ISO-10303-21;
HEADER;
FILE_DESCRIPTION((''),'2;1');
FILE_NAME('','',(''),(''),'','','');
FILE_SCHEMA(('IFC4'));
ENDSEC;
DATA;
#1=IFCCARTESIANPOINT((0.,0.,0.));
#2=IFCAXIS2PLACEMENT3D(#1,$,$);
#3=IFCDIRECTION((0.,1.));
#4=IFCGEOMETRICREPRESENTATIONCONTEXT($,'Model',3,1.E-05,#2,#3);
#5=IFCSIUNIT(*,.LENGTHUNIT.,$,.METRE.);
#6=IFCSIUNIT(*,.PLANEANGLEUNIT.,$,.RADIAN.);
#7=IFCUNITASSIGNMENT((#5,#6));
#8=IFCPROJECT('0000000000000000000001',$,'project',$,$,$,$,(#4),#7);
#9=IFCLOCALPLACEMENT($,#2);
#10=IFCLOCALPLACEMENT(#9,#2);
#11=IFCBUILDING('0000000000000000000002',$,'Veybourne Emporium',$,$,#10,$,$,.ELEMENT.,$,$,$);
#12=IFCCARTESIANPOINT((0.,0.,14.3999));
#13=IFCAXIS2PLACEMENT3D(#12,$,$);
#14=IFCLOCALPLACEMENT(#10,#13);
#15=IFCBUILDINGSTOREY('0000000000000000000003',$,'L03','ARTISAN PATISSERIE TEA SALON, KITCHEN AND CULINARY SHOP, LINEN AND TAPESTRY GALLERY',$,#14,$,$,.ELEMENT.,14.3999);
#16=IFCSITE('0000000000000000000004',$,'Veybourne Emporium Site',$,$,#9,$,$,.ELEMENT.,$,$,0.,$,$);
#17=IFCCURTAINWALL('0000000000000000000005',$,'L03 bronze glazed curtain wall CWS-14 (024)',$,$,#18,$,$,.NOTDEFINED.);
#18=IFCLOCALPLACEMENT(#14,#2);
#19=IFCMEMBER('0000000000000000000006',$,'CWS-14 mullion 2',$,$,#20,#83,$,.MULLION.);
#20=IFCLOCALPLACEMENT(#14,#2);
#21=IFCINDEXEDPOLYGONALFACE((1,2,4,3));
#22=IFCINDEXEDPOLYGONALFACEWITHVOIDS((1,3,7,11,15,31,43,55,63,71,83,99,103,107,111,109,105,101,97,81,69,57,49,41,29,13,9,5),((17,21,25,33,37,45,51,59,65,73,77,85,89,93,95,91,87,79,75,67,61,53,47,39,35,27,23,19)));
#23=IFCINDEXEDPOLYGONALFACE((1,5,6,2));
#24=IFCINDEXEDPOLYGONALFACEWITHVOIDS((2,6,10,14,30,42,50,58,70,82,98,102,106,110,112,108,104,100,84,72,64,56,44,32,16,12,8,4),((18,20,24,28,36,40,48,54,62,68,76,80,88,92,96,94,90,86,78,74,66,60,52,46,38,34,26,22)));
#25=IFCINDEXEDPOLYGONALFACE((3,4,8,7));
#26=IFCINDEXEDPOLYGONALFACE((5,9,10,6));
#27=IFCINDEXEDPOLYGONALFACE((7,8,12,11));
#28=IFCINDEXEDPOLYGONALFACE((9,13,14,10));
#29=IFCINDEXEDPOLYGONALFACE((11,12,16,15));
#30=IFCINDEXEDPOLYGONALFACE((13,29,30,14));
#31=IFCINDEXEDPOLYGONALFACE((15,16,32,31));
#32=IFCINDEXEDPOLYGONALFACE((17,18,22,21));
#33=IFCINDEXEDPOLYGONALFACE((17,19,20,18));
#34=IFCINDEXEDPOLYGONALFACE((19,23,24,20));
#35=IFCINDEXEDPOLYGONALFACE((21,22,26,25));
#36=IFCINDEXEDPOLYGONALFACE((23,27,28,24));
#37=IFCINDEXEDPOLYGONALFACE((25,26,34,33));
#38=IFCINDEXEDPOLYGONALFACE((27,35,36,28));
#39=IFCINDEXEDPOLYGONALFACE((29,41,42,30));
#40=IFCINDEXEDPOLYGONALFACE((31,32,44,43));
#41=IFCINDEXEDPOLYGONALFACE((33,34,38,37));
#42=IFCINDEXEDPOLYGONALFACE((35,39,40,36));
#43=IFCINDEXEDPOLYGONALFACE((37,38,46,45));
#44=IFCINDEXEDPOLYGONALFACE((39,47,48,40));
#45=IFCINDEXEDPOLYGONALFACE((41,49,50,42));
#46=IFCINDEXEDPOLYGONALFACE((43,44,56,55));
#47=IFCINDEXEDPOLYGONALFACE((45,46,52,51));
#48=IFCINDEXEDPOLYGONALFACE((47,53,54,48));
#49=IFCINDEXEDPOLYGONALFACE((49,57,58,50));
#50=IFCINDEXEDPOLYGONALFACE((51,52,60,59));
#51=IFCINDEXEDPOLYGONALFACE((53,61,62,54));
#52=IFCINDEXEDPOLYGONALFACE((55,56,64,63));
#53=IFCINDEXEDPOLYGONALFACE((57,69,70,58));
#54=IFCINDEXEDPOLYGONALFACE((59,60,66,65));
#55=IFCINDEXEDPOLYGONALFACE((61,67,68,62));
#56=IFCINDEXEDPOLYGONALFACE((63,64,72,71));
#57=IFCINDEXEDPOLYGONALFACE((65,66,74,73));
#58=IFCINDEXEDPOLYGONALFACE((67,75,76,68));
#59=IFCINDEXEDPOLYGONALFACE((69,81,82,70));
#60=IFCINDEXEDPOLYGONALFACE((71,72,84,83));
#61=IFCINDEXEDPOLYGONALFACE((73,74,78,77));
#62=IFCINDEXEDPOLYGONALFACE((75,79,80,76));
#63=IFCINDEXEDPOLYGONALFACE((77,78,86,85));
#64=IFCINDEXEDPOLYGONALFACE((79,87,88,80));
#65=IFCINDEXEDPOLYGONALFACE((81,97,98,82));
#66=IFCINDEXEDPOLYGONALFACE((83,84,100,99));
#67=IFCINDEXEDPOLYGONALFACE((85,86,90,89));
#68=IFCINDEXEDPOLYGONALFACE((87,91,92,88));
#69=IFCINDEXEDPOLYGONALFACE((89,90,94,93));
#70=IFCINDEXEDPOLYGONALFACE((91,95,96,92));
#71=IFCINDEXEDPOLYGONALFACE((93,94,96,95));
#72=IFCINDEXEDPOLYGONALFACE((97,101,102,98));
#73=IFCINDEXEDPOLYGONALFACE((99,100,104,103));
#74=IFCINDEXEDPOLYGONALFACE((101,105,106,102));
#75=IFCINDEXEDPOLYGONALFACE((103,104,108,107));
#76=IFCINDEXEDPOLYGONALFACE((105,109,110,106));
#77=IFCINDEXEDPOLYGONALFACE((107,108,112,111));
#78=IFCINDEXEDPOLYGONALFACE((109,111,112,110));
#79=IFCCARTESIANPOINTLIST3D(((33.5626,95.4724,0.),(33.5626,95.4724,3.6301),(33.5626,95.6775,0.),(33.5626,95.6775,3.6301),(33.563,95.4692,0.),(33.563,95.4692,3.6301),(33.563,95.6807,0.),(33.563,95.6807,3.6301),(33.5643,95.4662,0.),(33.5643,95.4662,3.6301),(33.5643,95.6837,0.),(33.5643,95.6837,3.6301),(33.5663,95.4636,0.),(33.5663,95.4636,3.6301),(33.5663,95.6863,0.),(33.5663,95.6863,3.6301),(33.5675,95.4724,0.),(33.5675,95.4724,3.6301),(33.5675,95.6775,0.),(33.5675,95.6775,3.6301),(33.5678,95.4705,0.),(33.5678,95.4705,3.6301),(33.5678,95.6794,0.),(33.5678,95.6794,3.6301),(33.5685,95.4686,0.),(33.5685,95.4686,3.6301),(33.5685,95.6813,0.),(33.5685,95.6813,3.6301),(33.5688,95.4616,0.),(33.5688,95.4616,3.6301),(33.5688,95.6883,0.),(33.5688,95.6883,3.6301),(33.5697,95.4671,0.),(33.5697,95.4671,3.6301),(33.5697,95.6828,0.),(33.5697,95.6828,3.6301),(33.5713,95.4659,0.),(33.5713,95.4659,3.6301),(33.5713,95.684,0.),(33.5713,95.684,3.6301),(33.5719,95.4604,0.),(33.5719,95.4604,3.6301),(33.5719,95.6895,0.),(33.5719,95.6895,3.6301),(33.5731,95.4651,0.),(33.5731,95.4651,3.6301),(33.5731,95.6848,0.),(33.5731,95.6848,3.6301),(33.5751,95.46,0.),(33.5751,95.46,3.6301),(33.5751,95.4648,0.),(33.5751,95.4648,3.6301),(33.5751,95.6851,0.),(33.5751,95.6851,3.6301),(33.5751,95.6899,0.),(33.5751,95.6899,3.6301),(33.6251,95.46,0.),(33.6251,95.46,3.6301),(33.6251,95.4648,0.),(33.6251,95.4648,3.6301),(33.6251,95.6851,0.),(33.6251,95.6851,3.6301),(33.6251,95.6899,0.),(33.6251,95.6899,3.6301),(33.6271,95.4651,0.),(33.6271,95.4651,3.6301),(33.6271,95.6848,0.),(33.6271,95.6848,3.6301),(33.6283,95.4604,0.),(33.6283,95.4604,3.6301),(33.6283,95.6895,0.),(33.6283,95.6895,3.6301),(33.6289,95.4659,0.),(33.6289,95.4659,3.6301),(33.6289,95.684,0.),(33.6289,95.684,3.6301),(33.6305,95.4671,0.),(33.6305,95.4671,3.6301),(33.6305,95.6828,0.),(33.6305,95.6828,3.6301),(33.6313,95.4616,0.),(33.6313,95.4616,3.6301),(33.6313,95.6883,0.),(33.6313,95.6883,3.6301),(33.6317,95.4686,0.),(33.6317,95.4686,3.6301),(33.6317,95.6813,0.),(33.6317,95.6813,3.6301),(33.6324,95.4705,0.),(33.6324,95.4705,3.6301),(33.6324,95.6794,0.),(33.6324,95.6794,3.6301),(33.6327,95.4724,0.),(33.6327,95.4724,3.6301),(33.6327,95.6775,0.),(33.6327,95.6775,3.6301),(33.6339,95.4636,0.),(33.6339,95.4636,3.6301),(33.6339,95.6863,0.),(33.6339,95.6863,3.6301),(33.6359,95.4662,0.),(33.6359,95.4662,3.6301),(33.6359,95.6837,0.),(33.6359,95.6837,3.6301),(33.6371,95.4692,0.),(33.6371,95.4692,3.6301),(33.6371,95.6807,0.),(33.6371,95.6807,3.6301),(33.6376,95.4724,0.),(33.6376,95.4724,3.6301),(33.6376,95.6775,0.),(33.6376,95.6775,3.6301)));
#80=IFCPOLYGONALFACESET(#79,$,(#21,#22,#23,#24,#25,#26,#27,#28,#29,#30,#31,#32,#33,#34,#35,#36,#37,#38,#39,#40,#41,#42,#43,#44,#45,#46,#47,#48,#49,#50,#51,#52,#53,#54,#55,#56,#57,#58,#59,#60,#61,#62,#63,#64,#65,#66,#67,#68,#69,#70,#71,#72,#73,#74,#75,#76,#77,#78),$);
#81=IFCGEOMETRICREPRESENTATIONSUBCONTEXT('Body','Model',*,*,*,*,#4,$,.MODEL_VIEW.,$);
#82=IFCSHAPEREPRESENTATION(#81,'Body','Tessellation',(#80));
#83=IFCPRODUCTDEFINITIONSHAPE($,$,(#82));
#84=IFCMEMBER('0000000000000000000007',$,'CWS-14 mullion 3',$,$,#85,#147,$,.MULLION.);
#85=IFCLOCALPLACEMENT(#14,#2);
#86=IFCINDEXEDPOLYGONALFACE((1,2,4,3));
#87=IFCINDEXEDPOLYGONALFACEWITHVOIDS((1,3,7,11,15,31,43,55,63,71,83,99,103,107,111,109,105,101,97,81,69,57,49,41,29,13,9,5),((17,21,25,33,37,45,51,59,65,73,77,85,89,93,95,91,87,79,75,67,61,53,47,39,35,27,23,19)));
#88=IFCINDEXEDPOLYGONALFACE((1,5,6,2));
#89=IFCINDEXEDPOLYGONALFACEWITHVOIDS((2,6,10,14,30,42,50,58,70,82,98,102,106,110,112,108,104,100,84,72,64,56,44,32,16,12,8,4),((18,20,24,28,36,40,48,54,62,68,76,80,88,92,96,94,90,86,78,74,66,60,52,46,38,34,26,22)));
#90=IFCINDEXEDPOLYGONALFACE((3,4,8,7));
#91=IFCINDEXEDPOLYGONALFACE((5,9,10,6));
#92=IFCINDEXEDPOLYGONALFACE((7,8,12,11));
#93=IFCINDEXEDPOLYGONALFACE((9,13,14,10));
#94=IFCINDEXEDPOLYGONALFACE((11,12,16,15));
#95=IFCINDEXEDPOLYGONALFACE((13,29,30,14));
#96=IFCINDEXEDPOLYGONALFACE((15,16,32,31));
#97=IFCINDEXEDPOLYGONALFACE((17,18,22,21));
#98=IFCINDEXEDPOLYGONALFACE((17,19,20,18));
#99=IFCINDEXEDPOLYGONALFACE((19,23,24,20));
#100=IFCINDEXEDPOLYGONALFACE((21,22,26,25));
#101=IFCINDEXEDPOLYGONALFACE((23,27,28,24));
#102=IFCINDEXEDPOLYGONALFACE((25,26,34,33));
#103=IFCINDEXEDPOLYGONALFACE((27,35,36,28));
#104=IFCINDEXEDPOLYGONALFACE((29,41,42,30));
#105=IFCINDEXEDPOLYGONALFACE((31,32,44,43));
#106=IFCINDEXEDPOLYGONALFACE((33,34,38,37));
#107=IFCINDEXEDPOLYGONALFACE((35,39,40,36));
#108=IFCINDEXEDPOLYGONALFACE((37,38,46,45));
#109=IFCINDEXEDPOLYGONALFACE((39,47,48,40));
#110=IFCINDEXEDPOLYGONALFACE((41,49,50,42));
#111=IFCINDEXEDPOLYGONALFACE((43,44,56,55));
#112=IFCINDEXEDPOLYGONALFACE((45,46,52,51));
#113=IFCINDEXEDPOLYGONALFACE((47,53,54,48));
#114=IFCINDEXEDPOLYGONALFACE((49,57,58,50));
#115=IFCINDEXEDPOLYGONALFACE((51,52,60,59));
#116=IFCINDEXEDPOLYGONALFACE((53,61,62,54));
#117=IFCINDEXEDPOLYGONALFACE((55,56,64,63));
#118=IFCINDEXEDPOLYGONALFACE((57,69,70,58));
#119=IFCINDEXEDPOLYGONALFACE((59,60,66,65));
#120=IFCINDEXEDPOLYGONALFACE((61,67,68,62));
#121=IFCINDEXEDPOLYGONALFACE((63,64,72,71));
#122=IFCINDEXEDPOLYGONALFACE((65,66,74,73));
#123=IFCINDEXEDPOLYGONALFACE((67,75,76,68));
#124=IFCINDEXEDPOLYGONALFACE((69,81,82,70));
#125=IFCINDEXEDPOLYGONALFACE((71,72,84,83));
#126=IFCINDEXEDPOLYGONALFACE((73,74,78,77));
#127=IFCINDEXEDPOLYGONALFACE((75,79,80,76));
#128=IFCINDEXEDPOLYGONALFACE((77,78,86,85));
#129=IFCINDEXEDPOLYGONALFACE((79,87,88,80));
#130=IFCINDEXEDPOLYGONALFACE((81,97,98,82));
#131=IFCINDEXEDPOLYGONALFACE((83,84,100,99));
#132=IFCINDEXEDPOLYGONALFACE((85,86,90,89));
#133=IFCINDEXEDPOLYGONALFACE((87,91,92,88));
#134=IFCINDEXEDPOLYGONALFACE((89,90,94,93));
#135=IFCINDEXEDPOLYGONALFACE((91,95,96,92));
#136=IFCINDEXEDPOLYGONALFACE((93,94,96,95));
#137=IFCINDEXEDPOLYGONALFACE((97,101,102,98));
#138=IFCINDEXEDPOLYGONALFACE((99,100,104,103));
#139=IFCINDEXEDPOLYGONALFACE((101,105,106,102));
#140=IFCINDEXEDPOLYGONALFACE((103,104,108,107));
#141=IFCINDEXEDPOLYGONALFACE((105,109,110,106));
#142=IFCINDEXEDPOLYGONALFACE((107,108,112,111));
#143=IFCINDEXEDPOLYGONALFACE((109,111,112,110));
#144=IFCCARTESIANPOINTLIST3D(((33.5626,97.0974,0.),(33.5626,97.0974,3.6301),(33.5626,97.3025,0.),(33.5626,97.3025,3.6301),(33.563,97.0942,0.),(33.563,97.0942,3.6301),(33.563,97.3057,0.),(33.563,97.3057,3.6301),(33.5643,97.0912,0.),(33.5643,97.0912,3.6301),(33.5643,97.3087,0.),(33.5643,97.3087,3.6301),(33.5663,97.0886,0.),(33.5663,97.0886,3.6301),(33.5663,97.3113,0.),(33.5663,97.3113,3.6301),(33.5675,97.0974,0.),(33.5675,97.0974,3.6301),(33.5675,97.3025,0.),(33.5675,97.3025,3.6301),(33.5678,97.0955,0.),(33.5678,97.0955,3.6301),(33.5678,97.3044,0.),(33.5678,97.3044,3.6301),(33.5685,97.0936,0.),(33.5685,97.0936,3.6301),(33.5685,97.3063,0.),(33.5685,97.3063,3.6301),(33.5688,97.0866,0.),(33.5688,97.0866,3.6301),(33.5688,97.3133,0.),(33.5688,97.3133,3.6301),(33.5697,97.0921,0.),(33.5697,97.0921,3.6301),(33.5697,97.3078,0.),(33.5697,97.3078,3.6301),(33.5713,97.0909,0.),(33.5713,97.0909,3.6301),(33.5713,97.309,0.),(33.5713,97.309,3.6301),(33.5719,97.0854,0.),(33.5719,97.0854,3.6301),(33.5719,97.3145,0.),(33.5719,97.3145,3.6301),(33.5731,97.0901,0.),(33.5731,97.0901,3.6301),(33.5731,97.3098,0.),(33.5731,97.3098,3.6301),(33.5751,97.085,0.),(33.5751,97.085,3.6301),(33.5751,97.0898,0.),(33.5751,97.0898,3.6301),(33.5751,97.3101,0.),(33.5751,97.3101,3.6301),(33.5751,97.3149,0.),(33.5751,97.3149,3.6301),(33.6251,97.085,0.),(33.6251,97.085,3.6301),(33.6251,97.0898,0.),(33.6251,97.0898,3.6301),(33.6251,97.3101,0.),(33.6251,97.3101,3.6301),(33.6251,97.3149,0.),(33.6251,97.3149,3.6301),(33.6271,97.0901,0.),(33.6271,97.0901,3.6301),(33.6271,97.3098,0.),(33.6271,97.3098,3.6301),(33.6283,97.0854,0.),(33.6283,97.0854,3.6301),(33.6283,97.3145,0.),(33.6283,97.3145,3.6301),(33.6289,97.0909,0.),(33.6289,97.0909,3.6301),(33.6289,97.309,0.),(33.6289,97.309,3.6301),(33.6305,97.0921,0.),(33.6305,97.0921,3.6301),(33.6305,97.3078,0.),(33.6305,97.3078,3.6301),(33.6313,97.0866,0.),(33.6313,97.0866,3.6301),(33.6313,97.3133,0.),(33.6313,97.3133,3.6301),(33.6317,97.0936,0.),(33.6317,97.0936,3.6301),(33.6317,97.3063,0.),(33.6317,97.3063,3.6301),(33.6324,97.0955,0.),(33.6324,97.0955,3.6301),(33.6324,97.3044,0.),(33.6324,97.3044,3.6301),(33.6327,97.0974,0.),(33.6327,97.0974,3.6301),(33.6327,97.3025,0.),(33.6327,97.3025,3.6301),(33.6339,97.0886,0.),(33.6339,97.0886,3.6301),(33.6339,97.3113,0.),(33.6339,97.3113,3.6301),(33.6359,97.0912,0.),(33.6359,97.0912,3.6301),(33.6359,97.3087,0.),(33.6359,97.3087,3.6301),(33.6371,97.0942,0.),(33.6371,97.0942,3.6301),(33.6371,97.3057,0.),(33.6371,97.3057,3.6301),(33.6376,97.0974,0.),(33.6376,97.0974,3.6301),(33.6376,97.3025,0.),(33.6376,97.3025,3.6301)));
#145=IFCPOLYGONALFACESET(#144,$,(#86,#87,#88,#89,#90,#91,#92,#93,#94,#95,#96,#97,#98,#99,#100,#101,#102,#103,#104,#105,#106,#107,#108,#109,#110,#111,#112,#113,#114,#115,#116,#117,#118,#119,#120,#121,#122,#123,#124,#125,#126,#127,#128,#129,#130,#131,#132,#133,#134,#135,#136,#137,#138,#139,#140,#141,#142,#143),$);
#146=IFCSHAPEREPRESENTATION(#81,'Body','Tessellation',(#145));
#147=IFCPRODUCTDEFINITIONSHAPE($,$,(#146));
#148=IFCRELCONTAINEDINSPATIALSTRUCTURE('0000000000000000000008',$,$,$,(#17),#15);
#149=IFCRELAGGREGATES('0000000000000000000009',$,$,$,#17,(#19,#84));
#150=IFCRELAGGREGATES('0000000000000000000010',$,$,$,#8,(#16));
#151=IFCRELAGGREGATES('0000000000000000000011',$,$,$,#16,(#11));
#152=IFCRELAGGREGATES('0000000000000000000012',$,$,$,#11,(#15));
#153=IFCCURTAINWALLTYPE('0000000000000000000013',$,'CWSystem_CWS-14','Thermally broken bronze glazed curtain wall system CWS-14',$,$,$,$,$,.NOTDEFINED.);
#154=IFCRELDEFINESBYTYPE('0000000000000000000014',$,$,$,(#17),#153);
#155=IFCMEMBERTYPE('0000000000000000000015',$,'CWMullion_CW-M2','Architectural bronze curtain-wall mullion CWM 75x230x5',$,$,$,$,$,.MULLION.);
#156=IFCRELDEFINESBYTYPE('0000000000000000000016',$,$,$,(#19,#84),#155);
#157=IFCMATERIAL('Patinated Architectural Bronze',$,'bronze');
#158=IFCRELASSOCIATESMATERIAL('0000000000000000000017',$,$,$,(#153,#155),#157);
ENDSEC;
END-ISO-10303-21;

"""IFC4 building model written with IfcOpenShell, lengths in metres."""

from ifc_helpers import new_model, si_unit, direction, frame, origin, origin_2d, place, context, subcontext, project, spatial, hollow_rectangle, extrude, material, material_profile, profile_set, type_object, element, aggregate, save


model = new_model("IFC4")

# Units and contexts
model_context = context("Model", 3, precision=1e-05, world=origin(), true_north=direction((0.0, 1.0)))
body_context = subcontext(model_context, "Body", "Model", "MODEL_VIEW")
ifc_project = project(units=[si_unit("LENGTHUNIT", "METRE"), si_unit("PLANEANGLEUNIT", "RADIAN")], contexts=[model_context])

# Site, building, storey
site_placement = place(None, origin())
site = spatial("IfcSite", under=ifc_project, at=site_placement, Name="Veybourne Emporium Site", CompositionType="ELEMENT", RefElevation=0.0)
building_placement = place(site_placement, origin())
building = spatial("IfcBuilding", under=site, at=building_placement, Name="Veybourne Emporium", CompositionType="ELEMENT")
storey_placement = place(building_placement, frame((0.0, 0.0, 14.3999)))
storey = spatial("IfcBuildingStorey", under=building, at=storey_placement, Name="L03", Description="ARTISAN PATISSERIE TEA SALON, KITCHEN AND CULINARY SHOP, LINEN AND TAPESTRY GALLERY", CompositionType="ELEMENT", Elevation=14.3999)

# Curtain wall, members
ifc_material_1 = material(Name="Patinated Architectural Bronze", Category="bronze")
curtain_wall_type = type_object("IfcCurtainWallType", Name="CWSystem_CWS-14", Description="Thermally broken bronze glazed curtain wall system CWS-14", PredefinedType="NOTDEFINED", material=ifc_material_1)
curtain_wall_placement = place(storey_placement, origin())
curtain_wall = element("IfcCurtainWall", 1, at=curtain_wall_placement, inside=storey, type_object=curtain_wall_type, Name="L03 bronze glazed curtain wall CWS-14 (024)", PredefinedType="NOTDEFINED")
ifc_material_profile_1 = material_profile(ifc_material_1, hollow_rectangle(XDim=0.075, YDim=0.23, WallThickness=0.0049, InnerFilletRadius=0.0076, OuterFilletRadius=0.0125, at=origin_2d()), Name="CWM 75x230x5")
ifc_profile_set_1 = profile_set([ifc_material_profile_1], Name="Patinated Architectural Bronze")
member_type_1 = type_object("IfcMemberType", Name="CWMullion_CW-M2", Description="Architectural bronze curtain-wall mullion CWM 75x230x5", PredefinedType="MULLION", material=ifc_profile_set_1)
member_1_placement = place(storey_placement, frame((33.6001, 95.575, 0.0), z_axis=(0.0, 0.0, 1.0), x_axis=(-1.0, 0.0, 0.0)))
member_1 = element("IfcMember", 2, at=member_1_placement, type_object=member_type_1, Name="CWS-14 mullion 2", PredefinedType="MULLION", context=body_context, shape_type="SweptSolid", body=[
    extrude(hollow_rectangle(XDim=0.075, YDim=0.23, WallThickness=0.0049, InnerFilletRadius=0.0076, OuterFilletRadius=0.0125, at=origin_2d()), origin(), (0.0, 0.0, 1.0), 3.6301),
])
member_2_placement = place(storey_placement, frame((33.6001, 97.2, 0.0), z_axis=(0.0, 0.0, 1.0), x_axis=(-1.0, 0.0, 0.0)))
member_2 = element("IfcMember", 3, at=member_2_placement, type_object=member_type_1, Name="CWS-14 mullion 3", PredefinedType="MULLION", context=body_context, shape_type="SweptSolid", body=[
    extrude(hollow_rectangle(XDim=0.075, YDim=0.23, WallThickness=0.0049, InnerFilletRadius=0.0076, OuterFilletRadius=0.0125, at=origin_2d()), origin(), (0.0, 0.0, 1.0), 3.6301),
])
aggregate(curtain_wall, [member_1, member_2])

save(model, "model.ifc")
